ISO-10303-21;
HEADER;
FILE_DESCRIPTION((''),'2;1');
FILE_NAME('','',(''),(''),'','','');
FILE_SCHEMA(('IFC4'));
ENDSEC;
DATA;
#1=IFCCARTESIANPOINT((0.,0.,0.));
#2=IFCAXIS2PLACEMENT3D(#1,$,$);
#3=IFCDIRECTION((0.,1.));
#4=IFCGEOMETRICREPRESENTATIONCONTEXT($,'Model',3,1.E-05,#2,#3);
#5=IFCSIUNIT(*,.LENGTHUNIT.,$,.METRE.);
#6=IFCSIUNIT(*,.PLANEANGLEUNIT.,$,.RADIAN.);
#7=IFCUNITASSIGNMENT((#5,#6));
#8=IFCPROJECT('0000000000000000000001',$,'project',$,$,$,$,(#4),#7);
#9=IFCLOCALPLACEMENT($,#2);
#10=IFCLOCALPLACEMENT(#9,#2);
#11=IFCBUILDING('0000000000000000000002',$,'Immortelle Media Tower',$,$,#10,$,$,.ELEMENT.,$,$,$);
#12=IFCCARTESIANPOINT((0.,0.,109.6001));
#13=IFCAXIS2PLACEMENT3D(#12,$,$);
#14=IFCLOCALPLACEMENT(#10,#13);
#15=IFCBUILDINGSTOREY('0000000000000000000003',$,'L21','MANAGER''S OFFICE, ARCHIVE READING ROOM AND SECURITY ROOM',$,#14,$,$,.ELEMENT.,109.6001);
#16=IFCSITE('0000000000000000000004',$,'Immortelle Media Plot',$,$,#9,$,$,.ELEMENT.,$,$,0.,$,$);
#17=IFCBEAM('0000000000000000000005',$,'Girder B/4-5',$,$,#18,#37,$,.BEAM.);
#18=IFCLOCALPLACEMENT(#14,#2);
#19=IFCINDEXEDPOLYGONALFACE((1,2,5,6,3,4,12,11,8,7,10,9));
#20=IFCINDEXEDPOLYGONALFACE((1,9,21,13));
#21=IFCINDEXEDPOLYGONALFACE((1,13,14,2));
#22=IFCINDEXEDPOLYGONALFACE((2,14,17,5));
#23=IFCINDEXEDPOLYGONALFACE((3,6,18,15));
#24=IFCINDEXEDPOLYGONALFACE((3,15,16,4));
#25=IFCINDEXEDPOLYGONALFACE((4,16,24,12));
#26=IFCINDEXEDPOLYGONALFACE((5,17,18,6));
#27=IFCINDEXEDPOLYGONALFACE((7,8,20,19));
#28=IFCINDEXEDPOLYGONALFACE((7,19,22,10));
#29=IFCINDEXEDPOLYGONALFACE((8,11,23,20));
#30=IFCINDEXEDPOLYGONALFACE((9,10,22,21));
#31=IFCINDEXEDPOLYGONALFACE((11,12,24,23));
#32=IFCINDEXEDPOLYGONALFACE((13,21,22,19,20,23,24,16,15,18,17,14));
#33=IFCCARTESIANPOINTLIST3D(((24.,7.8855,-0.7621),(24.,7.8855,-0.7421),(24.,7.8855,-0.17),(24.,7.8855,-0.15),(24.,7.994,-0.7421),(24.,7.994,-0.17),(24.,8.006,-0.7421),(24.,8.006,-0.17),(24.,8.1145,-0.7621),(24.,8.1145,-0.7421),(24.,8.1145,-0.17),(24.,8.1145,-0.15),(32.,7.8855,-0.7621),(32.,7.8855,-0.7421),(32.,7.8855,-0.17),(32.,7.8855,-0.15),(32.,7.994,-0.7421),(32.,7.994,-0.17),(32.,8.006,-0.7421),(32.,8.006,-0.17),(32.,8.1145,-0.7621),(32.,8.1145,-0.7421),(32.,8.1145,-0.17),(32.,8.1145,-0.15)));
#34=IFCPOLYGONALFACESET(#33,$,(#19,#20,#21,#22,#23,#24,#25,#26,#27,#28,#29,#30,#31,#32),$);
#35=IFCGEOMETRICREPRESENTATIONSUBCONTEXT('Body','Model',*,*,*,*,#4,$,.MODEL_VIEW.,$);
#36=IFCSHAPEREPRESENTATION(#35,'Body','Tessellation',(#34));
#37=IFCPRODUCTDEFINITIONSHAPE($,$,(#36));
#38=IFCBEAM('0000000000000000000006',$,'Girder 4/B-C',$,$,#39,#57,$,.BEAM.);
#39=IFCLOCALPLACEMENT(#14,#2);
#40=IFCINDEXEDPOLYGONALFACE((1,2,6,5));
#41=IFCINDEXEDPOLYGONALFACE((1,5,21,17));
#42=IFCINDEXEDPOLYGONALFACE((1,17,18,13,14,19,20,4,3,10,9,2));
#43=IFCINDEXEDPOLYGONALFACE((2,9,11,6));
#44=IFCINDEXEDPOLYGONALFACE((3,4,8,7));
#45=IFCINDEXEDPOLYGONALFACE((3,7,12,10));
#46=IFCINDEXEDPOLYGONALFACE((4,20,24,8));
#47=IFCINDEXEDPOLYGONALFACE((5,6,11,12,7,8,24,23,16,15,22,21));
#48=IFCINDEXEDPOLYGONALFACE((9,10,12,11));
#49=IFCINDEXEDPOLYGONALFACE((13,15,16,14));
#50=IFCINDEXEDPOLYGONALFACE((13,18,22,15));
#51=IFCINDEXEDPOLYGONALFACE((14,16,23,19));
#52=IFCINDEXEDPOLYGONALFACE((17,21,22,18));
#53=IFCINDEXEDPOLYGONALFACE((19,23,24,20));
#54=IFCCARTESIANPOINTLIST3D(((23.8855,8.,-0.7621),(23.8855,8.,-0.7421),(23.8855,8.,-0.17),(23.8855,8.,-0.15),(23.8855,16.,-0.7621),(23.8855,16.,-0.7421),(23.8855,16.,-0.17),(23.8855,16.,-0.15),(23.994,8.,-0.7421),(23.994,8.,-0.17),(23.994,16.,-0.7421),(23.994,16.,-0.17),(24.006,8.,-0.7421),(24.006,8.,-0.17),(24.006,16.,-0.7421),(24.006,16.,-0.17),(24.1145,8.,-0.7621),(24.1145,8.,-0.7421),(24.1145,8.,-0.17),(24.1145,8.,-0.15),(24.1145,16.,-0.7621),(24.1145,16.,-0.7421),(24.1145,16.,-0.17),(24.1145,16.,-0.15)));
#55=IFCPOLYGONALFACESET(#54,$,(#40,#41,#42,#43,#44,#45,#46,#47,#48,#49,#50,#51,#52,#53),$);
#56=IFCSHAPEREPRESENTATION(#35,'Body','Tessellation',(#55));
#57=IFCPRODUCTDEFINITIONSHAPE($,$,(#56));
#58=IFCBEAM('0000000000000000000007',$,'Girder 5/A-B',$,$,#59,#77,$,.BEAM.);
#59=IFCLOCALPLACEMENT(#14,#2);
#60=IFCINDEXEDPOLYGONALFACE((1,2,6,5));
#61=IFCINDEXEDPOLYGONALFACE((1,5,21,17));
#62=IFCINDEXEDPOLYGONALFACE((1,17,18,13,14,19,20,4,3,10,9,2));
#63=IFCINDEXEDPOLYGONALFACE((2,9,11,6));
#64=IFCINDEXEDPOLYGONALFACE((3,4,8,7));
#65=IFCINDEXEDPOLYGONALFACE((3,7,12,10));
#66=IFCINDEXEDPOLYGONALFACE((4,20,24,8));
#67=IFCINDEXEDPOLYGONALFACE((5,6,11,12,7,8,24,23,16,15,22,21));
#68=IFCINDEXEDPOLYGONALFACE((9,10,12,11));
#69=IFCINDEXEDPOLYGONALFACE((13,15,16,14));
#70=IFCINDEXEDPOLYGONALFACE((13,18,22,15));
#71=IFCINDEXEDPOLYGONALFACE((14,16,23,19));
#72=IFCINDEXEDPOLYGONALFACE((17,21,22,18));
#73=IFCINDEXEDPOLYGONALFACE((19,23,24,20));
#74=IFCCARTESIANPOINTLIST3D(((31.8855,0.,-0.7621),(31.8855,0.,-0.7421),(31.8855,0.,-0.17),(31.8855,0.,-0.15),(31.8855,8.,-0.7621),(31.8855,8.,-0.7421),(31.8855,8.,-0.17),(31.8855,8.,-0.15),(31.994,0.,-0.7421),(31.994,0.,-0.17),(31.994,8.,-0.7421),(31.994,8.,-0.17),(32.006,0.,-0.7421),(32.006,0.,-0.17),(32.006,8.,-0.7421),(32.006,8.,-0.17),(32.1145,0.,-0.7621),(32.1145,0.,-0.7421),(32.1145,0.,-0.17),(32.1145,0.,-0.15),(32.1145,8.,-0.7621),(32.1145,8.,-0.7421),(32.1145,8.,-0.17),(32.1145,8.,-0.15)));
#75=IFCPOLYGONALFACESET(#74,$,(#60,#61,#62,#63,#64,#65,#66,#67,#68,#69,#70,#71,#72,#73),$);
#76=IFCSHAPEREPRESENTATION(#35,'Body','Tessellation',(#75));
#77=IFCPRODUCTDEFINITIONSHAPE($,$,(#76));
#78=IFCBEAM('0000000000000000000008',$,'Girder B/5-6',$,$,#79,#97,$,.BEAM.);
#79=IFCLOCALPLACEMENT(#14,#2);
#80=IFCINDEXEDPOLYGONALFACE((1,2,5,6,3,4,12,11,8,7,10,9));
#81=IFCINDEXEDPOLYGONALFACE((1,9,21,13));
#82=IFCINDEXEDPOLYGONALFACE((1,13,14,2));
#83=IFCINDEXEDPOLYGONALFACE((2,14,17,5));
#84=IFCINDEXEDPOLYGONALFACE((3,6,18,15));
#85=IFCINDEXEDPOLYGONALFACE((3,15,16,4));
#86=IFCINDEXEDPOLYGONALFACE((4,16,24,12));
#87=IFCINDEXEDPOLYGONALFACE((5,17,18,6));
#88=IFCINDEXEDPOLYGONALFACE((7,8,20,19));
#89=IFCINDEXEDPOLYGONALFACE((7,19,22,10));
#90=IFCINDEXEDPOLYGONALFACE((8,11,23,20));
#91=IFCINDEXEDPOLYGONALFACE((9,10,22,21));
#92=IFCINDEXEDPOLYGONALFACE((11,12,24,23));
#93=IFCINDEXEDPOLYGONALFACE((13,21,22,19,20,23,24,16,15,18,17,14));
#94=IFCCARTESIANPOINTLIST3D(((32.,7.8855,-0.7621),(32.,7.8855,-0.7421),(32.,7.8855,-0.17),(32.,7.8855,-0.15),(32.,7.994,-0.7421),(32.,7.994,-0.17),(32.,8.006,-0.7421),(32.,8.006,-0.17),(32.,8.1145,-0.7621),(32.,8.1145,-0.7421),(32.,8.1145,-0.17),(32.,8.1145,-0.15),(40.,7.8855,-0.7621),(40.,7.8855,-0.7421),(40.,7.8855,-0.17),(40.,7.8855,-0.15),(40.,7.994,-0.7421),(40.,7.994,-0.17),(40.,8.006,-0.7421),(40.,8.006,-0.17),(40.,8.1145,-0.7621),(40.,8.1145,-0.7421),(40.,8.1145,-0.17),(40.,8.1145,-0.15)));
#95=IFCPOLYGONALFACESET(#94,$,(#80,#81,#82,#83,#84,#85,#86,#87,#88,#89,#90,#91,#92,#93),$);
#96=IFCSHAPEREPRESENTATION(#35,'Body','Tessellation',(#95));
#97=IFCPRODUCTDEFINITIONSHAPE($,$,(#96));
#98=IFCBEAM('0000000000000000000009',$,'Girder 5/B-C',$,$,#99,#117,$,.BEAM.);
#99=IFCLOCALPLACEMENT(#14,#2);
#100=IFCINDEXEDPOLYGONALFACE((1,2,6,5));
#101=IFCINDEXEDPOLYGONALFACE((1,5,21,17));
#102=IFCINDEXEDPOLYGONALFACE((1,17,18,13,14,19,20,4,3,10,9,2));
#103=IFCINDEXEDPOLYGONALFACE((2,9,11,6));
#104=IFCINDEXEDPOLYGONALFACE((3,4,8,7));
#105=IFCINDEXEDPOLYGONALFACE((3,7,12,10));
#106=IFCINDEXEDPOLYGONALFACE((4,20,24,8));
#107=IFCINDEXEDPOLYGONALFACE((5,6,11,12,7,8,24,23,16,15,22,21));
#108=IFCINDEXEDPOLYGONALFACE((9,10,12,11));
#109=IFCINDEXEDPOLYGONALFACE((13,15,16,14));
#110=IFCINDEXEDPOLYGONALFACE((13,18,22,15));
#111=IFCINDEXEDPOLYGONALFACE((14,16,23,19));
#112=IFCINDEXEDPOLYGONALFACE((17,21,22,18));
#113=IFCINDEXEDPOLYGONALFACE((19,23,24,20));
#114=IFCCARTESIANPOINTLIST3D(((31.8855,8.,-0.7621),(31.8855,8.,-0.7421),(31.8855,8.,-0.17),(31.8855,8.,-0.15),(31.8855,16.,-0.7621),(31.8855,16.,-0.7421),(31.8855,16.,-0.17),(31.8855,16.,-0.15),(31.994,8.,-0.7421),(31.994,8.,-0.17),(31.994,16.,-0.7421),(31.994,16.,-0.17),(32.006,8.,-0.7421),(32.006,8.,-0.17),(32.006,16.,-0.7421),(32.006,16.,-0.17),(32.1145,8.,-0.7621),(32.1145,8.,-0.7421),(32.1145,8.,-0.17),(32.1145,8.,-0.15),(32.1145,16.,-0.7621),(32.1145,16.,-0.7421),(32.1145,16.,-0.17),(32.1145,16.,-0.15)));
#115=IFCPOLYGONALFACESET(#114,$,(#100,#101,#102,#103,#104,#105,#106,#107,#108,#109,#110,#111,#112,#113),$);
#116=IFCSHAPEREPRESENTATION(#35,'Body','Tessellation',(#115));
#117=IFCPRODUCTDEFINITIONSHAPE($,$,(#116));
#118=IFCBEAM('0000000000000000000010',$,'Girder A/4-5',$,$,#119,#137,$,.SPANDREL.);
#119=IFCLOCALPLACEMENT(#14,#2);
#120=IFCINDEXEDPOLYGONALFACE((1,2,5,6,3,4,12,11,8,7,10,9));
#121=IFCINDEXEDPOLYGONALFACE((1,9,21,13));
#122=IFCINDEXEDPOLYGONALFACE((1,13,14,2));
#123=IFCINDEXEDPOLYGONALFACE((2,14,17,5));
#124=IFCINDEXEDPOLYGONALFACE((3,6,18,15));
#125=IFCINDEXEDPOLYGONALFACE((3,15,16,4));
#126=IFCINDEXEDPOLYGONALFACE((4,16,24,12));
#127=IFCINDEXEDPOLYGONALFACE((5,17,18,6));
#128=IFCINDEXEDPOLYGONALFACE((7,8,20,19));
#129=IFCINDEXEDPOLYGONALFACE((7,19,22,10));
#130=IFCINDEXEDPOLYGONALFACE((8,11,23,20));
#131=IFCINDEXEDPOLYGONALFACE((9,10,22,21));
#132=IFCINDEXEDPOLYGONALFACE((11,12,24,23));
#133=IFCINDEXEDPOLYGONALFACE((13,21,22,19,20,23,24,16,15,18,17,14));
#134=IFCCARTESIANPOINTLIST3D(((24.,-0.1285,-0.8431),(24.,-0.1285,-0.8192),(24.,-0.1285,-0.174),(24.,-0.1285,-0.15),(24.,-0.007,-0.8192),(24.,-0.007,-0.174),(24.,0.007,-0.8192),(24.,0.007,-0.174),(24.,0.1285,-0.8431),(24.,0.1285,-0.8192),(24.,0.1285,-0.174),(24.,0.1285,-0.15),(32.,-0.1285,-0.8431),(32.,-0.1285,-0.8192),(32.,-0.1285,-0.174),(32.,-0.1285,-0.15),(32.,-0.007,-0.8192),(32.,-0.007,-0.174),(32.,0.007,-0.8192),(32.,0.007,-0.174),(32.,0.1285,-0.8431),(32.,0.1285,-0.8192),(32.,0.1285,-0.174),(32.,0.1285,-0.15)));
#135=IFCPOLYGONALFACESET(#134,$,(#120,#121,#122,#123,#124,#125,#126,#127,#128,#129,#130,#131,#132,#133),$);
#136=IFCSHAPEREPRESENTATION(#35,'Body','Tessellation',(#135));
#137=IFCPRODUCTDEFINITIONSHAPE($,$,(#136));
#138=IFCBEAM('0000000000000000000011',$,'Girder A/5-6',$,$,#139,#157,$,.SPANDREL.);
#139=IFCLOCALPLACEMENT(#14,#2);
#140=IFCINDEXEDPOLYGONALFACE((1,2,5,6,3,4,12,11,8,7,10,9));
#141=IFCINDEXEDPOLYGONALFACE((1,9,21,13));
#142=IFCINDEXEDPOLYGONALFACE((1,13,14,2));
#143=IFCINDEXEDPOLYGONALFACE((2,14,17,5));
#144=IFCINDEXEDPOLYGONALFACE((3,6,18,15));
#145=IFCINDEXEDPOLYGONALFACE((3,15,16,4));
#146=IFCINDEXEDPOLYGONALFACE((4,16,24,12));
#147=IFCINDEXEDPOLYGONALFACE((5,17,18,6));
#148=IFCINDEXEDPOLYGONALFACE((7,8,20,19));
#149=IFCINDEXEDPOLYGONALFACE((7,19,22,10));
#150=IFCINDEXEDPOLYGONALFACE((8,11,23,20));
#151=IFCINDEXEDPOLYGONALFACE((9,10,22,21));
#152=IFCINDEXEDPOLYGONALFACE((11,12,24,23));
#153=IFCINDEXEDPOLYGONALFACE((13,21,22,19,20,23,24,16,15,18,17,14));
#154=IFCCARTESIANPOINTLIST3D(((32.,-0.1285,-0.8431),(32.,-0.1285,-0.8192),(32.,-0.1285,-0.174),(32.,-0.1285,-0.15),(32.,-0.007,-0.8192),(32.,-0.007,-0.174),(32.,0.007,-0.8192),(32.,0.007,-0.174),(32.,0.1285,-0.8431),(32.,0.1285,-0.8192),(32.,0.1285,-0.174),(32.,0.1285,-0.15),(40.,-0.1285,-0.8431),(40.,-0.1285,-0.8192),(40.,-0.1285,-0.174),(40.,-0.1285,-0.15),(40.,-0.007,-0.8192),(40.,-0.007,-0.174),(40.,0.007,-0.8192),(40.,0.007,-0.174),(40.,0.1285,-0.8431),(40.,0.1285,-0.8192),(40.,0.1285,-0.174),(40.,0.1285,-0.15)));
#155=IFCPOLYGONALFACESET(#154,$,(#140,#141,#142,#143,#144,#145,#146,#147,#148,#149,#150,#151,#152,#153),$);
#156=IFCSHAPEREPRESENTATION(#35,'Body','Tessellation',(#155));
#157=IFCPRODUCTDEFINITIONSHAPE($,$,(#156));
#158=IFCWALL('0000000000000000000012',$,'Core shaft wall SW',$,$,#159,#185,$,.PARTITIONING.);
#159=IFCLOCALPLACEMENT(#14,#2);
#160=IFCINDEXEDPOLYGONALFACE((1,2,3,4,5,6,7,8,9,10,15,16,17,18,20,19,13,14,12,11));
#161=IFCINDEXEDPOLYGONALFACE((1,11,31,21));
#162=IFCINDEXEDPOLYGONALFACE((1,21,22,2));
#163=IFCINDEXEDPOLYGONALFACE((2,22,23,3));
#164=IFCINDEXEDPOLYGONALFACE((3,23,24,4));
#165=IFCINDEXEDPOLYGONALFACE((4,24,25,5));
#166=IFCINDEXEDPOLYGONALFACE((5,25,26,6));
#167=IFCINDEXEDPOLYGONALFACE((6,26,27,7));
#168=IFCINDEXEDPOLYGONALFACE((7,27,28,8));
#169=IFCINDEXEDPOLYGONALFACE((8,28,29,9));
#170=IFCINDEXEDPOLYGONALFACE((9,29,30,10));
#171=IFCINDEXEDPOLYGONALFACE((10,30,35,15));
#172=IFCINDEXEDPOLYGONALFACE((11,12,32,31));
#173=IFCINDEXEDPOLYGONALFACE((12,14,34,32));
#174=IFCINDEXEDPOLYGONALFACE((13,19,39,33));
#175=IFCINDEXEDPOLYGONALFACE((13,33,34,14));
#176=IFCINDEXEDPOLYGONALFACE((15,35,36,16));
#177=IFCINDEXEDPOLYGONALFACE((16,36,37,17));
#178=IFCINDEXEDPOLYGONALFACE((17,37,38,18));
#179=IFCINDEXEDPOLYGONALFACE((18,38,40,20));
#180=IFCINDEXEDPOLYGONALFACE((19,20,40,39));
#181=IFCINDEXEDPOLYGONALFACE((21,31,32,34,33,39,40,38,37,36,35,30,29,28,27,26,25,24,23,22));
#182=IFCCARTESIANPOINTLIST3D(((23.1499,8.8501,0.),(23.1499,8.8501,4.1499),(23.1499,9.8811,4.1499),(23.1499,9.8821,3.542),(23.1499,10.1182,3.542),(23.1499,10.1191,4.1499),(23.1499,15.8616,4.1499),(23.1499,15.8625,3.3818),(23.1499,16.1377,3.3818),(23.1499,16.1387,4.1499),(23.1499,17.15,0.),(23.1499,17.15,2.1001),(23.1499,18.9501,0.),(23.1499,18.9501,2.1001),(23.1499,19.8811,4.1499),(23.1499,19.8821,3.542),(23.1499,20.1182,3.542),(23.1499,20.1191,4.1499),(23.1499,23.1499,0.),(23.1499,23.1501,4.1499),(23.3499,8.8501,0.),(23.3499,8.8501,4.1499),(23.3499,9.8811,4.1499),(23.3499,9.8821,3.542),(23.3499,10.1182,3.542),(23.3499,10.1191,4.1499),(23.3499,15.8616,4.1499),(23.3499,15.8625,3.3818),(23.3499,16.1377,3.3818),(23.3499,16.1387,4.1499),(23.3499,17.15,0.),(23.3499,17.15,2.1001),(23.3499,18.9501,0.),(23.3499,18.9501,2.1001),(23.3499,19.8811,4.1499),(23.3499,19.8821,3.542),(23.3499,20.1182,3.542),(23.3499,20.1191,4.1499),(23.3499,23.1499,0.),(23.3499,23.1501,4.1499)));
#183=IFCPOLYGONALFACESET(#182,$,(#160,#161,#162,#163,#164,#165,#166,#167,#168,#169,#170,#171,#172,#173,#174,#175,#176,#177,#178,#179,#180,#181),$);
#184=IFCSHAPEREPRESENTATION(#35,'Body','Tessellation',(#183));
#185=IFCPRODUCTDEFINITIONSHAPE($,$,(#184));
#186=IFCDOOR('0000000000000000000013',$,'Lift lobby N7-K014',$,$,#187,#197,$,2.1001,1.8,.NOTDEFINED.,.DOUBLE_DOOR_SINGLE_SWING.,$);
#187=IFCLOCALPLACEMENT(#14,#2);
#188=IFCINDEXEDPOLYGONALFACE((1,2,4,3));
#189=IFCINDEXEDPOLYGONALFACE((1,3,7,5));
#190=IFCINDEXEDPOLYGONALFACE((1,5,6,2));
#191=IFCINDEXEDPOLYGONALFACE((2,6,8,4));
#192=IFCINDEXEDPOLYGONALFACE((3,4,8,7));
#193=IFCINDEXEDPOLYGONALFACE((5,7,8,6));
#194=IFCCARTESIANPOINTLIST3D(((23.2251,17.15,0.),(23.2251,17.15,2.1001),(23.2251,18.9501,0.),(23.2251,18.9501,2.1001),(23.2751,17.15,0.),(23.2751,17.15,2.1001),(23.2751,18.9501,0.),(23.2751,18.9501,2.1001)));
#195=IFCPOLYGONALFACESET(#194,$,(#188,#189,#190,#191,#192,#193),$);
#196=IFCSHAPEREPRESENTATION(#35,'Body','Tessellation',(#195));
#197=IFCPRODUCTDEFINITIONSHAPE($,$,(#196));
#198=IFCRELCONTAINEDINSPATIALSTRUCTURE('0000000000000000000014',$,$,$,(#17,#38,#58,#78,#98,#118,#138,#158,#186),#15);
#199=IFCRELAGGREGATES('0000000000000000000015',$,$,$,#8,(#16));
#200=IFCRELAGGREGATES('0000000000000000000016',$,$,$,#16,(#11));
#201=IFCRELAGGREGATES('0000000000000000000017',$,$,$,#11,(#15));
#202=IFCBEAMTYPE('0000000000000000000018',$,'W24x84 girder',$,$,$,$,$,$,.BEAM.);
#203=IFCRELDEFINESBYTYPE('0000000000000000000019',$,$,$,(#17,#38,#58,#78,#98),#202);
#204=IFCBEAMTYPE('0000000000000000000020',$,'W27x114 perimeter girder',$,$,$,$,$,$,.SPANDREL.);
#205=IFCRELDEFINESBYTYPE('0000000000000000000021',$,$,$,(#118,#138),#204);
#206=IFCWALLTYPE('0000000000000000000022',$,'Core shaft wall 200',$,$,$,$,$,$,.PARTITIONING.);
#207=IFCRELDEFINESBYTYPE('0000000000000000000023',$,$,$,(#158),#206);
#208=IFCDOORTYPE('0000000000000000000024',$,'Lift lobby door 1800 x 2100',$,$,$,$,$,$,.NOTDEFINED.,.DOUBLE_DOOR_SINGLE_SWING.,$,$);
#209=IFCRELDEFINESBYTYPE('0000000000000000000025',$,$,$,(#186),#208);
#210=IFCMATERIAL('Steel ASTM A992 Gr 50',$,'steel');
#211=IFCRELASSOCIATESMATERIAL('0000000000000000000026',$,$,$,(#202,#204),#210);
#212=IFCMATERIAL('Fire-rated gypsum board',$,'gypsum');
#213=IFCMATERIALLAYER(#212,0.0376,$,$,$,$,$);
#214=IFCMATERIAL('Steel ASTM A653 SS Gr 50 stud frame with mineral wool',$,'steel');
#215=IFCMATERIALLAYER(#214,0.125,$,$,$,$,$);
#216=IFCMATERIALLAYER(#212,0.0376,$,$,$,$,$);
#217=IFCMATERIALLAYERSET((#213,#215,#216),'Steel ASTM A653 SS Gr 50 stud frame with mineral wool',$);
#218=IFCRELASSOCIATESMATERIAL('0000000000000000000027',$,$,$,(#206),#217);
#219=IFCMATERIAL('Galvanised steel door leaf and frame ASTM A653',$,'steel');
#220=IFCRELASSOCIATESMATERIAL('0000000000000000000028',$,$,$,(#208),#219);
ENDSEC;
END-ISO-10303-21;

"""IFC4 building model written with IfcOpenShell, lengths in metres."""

from ifc_helpers import new_model, si_unit, direction, frame, frame_2d, origin, origin_2d, place, context, subcontext, project, spatial, polyline, rectangle, i_section, outline, extrude, material, layer, layer_set, material_profile, profile_set, type_object, element, fill, save


model = new_model("IFC4")

# Units and contexts
model_context = context("Model", 3, precision=1e-05, world=origin(), true_north=direction((0.0, 1.0)))
body_context = subcontext(model_context, "Body", "Model", "MODEL_VIEW")
ifc_project = project(units=[si_unit("LENGTHUNIT", "METRE"), si_unit("PLANEANGLEUNIT", "RADIAN")], contexts=[model_context])

# Site, building, storey
site_placement = place(None, origin())
site = spatial("IfcSite", under=ifc_project, at=site_placement, Name="Immortelle Media Plot", CompositionType="ELEMENT", RefElevation=0.0)
building_placement = place(site_placement, origin())
building = spatial("IfcBuilding", under=site, at=building_placement, Name="Immortelle Media Tower", CompositionType="ELEMENT")
storey_placement = place(building_placement, frame((0.0, 0.0, 109.6001)))
storey = spatial("IfcBuildingStorey", under=building, at=storey_placement, Name="L21", Description="MANAGER'S OFFICE, ARCHIVE READING ROOM AND SECURITY ROOM", CompositionType="ELEMENT", Elevation=109.6001)

# Shared definitions
ifc_material_1 = material(Name="Steel ASTM A992 Gr 50", Category="steel")

# Beams
ifc_material_profile_1 = material_profile(ifc_material_1, i_section(OverallWidth=0.229, OverallDepth=0.6121, WebThickness=0.012, FlangeThickness=0.02, at=origin_2d()), Name="W24x84")
ifc_profile_set_1 = profile_set([ifc_material_profile_1], Name="Steel ASTM A992 Gr 50")
beam_type_1 = type_object("IfcBeamType", Name="W24x84 girder", PredefinedType="BEAM", material=ifc_profile_set_1)
for number, where, z_axis, x_axis, name in (
    (1, (24.0, 8.0, -0.4561), (1.0, 0.0, 0.0), (0.0, 1.0, 0.0), "Girder B/4-5"),
    (2, (24.0, 8.0, -0.4561), (0.0, 1.0, 0.0), (-1.0, 0.0, 0.0), "Girder 4/B-C"),
    (3, (32.0, 0.0, -0.4561), (0.0, 1.0, 0.0), (-1.0, 0.0, 0.0), "Girder 5/A-B"),
    (4, (32.0, 8.0, -0.4561), (1.0, 0.0, 0.0), (0.0, 1.0, 0.0), "Girder B/5-6"),
    (5, (32.0, 8.0, -0.4561), (0.0, 1.0, 0.0), (-1.0, 0.0, 0.0), "Girder 5/B-C"),
):
    element("IfcBeam", number, at=place(storey_placement, frame(where, z_axis=z_axis, x_axis=x_axis)), inside=storey, type_object=beam_type_1, Name=name, PredefinedType="BEAM", context=body_context, shape_type="SweptSolid", body=[
        extrude(i_section(OverallWidth=0.229, OverallDepth=0.6121, WebThickness=0.012, FlangeThickness=0.02, at=origin_2d()), origin(), (0.0, 0.0, 1.0), 8.0),
    ])
ifc_material_profile_2 = material_profile(ifc_material_1, i_section(OverallWidth=0.2571, OverallDepth=0.6931, WebThickness=0.0139, FlangeThickness=0.0239, at=origin_2d()), Name="W27x114")
ifc_profile_set_2 = profile_set([ifc_material_profile_2], Name="Steel ASTM A992 Gr 50")
beam_type_2 = type_object("IfcBeamType", Name="W27x114 perimeter girder", PredefinedType="SPANDREL", material=ifc_profile_set_2)
for number, where, z_axis, x_axis, name in (
    (6, (24.0, 0.0, -0.4966), (1.0, 0.0, 0.0), (0.0, 1.0, 0.0), "Girder A/4-5"),
    (7, (32.0, 0.0, -0.4966), (1.0, 0.0, 0.0), (0.0, 1.0, 0.0), "Girder A/5-6"),
):
    element("IfcBeam", number, at=place(storey_placement, frame(where, z_axis=z_axis, x_axis=x_axis)), inside=storey, type_object=beam_type_2, Name=name, PredefinedType="SPANDREL", context=body_context, shape_type="SweptSolid", body=[
        extrude(i_section(OverallWidth=0.2571, OverallDepth=0.6931, WebThickness=0.0139, FlangeThickness=0.0239, at=origin_2d()), origin(), (0.0, 0.0, 1.0), 8.0),
    ])

# Wall, opening, door
ifc_material_2 = material(Name="Fire-rated gypsum board", Category="gypsum")
ifc_layer_1 = layer(ifc_material_2, 0.0376)
ifc_material_3 = material(Name="Steel ASTM A653 SS Gr 50 stud frame with mineral wool", Category="steel")
ifc_layer_2 = layer(ifc_material_3, 0.125)
ifc_layer_3 = layer(ifc_material_2, 0.0376)
ifc_layer_set_1 = layer_set([ifc_layer_1, ifc_layer_2, ifc_layer_3], Name="Steel ASTM A653 SS Gr 50 stud frame with mineral wool")
wall_type_1 = type_object("IfcWallType", Name="Core shaft wall 200", PredefinedType="PARTITIONING", material=ifc_layer_set_1)
wall_1_placement = place(storey_placement, frame((23.25, 8.8501, 0.0), z_axis=(0.0, 0.0, 1.0), x_axis=(0.0, 1.0, 0.0)))
wall_1 = element("IfcWall", 8, at=wall_1_placement, inside=storey, type_object=wall_type_1, Name="Core shaft wall SW", PredefinedType="PARTITIONING", context=body_context, shape_type="SweptSolid", body=[
    extrude(outline(polyline([(0.0, 0.0), (14.2998, 0.0), (14.3, 4.1499), (11.269, 4.1499), (11.2681, 3.542), (11.032, 3.542), (11.031, 4.1499), (7.2886, 4.1499), (7.2876, 3.3818), (7.0125, 3.3818), (7.0115, 4.1499), (1.269, 4.1499), (1.2681, 3.542), (1.032, 3.542), (1.031, 4.1499), (0.0, 4.1499), (0.0, 0.0)])), frame((0.0, 0.1001, 0.0), z_axis=(0.0, -1.0, 0.0), x_axis=(1.0, 0.0, 0.0)), (0.0, 0.0, 1.0), 0.2),
])
opening_1_placement = place(wall_1_placement, frame((8.3, 0.0, 0.0)))
opening_1 = element("IfcOpeningElement", 9, at=opening_1_placement, cuts=wall_1, PredefinedType="OPENING", context=body_context, shape_type="SweptSolid", body=[
    extrude(rectangle(XDim=1.8, YDim=2.1001, at=frame_2d((0.8999, 1.05))), frame((0.0, 0.1099, 0.0), z_axis=(0.0, -1.0, 0.0), x_axis=(1.0, 0.0, 0.0)), (0.0, 0.0, 1.0), 0.22),
])
ifc_material_4 = material(Name="Galvanised steel door leaf and frame ASTM A653", Category="steel")
door_type_1 = type_object("IfcDoorType", Name="Lift lobby door 1800 x 2100", OperationType="DOUBLE_DOOR_SINGLE_SWING", PredefinedType="NOTDEFINED", material=ifc_material_4)
door_1_placement = place(opening_1_placement, origin())
door_1 = element("IfcDoor", 10, at=door_1_placement, inside=storey, type_object=door_type_1, Name="Lift lobby N7-K014", OperationType="DOUBLE_DOOR_SINGLE_SWING", OverallHeight=2.1001, OverallWidth=1.8, PredefinedType="NOTDEFINED", context=body_context, shape_type="SweptSolid", body=[
    extrude(rectangle(XDim=1.8, YDim=2.1001, at=frame_2d((0.8999, 1.05))), frame((0.0, 0.0249, 0.0), z_axis=(0.0, -1.0, 0.0), x_axis=(1.0, 0.0, 0.0)), (0.0, 0.0, 1.0), 0.05),
])
fill(opening_1, door_1)

save(model, "model.ifc")
